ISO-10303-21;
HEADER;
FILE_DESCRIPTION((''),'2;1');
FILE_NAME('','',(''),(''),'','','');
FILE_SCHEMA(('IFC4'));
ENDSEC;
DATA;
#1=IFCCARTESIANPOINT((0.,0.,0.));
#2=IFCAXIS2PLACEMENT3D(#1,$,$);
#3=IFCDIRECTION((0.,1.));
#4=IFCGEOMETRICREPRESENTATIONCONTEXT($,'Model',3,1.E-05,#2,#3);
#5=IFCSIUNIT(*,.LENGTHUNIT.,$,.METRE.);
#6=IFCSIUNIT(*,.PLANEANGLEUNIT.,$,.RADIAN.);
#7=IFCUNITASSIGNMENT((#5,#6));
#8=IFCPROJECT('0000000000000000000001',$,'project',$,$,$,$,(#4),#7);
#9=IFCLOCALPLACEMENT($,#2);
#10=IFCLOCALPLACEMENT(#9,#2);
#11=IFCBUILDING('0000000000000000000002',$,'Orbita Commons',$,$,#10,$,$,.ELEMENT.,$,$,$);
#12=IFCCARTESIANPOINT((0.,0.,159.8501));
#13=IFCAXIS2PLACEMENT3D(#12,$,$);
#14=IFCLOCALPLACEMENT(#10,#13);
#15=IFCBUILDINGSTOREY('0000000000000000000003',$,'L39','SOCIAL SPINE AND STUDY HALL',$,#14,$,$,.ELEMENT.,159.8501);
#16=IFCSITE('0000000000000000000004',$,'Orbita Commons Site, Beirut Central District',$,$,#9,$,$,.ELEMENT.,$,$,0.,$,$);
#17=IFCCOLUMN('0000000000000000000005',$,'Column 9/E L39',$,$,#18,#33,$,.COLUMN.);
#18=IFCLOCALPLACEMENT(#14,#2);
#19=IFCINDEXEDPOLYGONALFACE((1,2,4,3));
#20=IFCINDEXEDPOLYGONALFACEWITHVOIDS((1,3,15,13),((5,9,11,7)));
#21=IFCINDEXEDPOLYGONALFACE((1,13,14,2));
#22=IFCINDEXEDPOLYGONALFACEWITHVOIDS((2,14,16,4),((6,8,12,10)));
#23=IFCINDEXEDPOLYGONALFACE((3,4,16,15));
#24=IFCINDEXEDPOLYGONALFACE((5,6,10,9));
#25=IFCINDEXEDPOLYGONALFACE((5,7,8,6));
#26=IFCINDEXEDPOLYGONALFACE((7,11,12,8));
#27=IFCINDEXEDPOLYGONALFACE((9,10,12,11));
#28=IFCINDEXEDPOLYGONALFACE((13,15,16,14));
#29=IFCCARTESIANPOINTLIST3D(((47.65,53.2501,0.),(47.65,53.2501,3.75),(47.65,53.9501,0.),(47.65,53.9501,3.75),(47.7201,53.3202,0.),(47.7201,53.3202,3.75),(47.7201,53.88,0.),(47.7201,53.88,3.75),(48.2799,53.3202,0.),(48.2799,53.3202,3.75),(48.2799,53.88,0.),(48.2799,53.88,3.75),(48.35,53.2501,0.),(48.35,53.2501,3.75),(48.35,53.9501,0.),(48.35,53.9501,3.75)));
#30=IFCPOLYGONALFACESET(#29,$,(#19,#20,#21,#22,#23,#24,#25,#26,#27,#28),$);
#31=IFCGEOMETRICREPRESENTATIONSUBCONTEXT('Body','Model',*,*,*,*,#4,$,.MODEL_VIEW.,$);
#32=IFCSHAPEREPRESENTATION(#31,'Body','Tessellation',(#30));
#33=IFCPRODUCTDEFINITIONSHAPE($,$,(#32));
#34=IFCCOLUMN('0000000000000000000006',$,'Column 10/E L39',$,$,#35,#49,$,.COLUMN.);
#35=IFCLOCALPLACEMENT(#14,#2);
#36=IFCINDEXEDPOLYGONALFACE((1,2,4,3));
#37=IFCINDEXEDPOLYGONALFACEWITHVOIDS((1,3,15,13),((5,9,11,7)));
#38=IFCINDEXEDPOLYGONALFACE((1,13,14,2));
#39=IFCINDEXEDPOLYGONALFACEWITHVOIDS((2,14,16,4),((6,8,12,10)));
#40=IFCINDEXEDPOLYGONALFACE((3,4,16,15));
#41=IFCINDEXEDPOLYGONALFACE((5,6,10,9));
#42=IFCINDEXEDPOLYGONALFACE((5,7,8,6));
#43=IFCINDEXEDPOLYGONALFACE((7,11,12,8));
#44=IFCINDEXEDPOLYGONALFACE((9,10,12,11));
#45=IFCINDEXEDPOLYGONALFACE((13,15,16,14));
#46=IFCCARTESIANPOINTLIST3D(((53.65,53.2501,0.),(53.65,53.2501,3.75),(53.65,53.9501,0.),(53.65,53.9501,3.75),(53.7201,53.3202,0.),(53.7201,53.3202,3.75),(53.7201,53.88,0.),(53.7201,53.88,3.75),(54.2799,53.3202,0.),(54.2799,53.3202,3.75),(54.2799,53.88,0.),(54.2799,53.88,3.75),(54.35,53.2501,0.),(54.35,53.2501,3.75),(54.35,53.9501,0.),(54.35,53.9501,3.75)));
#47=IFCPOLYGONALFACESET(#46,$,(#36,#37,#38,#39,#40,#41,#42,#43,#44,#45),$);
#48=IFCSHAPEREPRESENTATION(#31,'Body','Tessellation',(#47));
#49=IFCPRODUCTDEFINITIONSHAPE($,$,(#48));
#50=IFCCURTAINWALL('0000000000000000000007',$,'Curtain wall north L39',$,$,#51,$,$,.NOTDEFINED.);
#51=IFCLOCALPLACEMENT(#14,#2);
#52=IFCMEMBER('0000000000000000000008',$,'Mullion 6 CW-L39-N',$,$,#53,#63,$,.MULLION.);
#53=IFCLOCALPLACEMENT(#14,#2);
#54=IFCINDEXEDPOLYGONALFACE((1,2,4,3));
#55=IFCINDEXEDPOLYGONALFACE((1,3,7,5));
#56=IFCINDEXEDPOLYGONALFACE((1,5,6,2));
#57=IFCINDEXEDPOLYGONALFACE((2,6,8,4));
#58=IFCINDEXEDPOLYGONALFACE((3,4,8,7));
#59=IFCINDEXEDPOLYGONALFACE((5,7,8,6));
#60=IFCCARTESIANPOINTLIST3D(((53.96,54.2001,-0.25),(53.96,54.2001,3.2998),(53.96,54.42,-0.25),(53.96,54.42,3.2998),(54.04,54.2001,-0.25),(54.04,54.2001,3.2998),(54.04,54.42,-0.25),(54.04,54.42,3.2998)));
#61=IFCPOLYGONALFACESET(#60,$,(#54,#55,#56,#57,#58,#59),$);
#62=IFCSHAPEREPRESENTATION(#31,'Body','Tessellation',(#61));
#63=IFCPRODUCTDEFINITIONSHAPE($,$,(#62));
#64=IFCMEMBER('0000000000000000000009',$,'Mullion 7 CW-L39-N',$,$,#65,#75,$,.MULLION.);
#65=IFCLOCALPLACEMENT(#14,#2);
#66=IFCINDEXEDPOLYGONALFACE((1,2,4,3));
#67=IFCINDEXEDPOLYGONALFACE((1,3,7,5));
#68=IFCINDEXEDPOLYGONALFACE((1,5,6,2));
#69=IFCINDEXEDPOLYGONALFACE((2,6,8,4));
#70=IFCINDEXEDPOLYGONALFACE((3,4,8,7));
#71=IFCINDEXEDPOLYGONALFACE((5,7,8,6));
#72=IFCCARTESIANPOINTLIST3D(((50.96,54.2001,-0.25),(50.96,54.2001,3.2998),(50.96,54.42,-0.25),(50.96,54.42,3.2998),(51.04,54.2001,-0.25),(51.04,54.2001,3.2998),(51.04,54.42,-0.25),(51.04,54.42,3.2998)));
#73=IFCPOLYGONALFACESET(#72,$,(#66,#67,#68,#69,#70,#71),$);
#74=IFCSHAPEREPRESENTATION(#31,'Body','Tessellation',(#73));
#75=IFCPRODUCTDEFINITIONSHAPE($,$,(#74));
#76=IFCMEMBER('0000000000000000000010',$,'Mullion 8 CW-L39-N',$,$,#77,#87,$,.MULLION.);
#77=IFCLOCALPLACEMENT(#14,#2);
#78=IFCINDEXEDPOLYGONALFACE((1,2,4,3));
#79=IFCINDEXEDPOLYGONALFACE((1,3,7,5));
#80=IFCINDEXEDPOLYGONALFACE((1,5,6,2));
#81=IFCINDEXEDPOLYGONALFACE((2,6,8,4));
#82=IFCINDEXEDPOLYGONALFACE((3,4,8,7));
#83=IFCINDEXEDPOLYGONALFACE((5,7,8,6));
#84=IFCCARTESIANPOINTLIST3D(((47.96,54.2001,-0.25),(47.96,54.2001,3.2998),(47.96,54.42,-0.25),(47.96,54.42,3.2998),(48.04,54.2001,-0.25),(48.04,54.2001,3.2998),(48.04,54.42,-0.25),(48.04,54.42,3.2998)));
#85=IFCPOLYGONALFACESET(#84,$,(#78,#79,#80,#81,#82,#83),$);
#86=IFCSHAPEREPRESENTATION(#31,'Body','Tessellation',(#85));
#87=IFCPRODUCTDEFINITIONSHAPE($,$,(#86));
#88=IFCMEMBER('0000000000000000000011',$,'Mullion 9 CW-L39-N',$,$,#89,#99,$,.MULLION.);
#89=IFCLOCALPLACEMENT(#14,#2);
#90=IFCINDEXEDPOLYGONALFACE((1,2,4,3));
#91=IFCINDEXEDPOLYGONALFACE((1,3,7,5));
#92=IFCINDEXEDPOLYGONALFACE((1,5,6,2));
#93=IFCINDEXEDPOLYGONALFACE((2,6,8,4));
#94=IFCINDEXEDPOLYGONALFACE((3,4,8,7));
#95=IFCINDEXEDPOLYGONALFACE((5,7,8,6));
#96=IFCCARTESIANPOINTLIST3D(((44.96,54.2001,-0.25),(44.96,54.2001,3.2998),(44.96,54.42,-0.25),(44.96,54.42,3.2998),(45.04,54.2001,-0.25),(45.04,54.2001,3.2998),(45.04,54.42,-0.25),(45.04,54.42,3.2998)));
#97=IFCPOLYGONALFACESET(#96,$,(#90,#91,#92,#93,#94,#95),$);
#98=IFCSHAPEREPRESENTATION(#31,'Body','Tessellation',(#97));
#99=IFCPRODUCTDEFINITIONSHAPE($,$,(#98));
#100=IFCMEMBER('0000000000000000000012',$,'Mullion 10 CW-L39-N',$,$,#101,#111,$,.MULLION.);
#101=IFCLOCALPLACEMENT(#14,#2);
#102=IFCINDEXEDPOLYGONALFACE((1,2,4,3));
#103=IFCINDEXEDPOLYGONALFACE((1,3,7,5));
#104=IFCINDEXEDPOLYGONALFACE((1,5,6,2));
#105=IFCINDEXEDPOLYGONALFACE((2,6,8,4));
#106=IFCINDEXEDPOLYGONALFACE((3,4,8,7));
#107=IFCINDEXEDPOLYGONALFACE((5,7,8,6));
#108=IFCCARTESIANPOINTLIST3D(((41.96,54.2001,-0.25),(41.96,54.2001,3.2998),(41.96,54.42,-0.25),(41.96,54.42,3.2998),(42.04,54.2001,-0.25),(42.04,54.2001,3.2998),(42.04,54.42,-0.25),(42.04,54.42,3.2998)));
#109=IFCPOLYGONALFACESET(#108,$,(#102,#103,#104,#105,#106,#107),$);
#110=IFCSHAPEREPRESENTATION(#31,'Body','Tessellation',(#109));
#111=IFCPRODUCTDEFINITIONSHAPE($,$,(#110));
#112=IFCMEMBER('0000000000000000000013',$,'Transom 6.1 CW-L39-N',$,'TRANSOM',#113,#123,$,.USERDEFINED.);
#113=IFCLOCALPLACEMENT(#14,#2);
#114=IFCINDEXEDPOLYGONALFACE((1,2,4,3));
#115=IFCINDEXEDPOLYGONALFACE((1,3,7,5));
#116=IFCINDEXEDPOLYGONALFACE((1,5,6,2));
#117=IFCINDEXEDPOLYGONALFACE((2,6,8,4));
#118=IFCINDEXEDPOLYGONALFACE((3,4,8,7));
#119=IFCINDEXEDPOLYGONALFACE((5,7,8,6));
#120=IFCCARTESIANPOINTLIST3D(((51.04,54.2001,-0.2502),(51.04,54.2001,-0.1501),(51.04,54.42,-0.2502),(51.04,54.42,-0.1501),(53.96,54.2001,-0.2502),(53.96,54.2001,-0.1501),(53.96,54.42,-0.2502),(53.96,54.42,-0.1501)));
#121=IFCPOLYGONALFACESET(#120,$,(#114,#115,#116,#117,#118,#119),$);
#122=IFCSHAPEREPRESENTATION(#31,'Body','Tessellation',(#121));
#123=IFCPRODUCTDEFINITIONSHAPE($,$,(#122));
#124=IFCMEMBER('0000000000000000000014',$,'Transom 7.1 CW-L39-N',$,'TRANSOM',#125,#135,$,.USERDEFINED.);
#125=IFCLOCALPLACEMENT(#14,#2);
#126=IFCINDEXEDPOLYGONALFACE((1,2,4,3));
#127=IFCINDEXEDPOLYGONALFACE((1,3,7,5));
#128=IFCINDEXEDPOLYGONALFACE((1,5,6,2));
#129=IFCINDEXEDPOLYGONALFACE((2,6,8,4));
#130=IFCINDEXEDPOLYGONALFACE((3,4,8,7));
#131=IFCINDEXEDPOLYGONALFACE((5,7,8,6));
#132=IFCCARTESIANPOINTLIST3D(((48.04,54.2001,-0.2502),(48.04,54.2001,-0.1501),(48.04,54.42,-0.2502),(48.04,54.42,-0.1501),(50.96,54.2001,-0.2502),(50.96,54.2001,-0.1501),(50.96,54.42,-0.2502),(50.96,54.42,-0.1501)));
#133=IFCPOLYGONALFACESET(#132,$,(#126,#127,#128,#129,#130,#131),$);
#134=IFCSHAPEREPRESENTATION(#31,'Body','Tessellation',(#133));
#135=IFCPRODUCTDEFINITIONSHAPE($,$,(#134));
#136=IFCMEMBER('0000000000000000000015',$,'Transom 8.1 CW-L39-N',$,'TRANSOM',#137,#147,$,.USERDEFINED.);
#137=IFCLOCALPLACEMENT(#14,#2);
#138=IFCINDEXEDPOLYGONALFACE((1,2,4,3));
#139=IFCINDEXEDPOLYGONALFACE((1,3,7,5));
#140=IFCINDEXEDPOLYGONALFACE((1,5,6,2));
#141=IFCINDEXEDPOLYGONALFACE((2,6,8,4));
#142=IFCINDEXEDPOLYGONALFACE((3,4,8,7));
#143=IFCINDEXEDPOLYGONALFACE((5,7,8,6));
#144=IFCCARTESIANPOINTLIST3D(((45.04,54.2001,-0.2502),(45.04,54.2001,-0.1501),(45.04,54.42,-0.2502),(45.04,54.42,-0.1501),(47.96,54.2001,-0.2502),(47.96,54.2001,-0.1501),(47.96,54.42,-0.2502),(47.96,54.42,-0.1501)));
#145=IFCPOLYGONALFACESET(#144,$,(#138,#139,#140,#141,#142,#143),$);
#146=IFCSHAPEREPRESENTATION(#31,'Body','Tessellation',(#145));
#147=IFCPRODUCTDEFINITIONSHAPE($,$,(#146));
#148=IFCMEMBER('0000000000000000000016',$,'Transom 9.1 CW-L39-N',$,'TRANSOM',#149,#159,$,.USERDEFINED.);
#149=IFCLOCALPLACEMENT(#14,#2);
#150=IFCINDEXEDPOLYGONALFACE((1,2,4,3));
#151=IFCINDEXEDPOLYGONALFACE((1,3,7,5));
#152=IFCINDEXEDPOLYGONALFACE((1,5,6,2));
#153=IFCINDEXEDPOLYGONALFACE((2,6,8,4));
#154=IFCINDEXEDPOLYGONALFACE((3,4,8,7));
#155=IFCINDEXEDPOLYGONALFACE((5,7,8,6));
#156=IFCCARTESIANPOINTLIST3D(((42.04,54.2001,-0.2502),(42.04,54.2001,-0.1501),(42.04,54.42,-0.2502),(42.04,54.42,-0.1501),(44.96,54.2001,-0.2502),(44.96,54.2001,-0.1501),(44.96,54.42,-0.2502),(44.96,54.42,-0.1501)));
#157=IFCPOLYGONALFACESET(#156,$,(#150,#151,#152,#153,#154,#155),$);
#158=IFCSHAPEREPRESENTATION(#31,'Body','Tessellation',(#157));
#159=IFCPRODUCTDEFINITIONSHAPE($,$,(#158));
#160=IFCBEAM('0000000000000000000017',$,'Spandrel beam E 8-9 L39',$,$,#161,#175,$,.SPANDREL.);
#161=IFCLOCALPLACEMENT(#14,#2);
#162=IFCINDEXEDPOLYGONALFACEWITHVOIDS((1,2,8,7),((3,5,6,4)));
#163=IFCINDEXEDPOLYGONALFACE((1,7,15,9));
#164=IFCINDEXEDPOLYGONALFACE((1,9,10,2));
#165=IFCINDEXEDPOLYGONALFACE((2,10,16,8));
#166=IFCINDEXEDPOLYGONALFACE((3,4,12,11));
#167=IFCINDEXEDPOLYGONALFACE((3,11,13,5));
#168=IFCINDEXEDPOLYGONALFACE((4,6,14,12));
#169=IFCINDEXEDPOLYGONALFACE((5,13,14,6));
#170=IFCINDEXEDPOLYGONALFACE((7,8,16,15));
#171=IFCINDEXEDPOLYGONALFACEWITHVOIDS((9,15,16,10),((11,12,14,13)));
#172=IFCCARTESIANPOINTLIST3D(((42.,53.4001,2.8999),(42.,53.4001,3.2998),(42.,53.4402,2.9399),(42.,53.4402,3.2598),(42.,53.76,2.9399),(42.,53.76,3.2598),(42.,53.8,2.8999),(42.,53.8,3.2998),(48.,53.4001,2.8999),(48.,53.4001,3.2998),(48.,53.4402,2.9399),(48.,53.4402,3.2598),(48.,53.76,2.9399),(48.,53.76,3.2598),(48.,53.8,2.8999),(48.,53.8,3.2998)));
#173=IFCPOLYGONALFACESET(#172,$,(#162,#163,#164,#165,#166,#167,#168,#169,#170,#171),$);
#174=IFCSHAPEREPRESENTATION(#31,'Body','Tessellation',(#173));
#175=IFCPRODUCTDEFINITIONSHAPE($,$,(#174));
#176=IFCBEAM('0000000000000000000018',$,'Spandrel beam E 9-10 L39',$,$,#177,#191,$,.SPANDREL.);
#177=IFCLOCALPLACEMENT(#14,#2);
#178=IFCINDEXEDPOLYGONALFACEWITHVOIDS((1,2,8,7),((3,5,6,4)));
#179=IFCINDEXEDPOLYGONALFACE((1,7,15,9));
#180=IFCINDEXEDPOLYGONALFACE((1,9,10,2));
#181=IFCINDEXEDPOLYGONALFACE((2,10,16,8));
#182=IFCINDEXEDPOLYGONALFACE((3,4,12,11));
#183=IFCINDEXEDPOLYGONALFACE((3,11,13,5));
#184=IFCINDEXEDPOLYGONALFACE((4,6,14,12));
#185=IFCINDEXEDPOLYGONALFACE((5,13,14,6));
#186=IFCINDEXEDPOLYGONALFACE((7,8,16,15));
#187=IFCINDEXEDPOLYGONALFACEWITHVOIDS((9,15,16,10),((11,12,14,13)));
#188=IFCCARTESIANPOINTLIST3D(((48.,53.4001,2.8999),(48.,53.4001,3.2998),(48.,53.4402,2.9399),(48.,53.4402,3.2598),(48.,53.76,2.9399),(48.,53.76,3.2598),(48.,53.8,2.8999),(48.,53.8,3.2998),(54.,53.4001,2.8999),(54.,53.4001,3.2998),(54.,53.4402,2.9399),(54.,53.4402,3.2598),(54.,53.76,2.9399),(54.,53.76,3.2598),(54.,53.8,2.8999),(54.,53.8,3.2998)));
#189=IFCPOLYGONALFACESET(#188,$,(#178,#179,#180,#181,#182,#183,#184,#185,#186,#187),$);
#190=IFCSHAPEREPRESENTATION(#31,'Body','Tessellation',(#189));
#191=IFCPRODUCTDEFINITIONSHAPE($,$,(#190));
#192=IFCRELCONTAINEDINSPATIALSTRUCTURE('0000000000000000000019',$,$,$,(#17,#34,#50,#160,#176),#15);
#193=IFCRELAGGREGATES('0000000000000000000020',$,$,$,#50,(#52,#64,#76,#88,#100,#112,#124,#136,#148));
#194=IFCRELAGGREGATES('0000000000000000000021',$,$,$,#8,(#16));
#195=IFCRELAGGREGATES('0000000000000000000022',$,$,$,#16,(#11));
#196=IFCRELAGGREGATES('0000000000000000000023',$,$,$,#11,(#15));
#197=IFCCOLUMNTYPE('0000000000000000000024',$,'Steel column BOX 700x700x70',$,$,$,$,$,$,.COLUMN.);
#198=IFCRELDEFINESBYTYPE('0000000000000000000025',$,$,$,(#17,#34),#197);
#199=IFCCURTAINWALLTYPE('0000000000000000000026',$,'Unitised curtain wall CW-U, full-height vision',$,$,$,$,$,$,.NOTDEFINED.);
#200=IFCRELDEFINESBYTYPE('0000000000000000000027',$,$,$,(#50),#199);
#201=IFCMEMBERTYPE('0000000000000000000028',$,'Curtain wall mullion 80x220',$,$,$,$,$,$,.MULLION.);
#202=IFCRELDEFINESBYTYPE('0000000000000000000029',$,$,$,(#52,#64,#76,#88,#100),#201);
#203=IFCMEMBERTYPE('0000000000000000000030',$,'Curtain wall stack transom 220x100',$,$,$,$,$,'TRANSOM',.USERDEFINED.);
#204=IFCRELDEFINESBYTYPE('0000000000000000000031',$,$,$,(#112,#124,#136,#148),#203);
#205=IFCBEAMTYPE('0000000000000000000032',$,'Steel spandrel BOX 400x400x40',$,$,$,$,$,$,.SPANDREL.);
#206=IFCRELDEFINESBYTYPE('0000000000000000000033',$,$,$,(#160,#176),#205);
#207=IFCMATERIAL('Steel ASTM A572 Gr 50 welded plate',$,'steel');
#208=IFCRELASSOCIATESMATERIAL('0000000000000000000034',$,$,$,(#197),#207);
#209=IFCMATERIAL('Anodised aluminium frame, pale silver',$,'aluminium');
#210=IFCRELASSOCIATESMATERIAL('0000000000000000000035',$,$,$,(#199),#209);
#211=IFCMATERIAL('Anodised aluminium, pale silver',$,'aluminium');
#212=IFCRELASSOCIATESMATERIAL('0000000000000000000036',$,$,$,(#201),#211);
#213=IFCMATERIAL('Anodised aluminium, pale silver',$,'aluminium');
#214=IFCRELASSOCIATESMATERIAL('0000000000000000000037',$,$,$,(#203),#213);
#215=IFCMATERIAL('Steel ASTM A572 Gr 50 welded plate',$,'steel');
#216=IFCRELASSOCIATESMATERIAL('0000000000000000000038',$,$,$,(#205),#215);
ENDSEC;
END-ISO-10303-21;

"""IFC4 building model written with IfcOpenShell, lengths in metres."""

from ifc_helpers import new_model, si_unit, direction, frame, origin, origin_2d, place, context, subcontext, project, spatial, rectangle, hollow_rectangle, extrude, material, material_profile, profile_set, type_object, element, aggregate, save


model = new_model("IFC4")

# Units and contexts
model_context = context("Model", 3, precision=1e-05, world=origin(), true_north=direction((0.0, 1.0)))
body_context = subcontext(model_context, "Body", "Model", "MODEL_VIEW")
ifc_project = project(units=[si_unit("LENGTHUNIT", "METRE"), si_unit("PLANEANGLEUNIT", "RADIAN")], contexts=[model_context])

# Site, building, storey
site_placement = place(None, origin())
site = spatial("IfcSite", under=ifc_project, at=site_placement, Name="Orbita Commons Site, Beirut Central District", CompositionType="ELEMENT", RefElevation=0.0)
building_placement = place(site_placement, origin())
building = spatial("IfcBuilding", under=site, at=building_placement, Name="Orbita Commons", CompositionType="ELEMENT")
storey_placement = place(building_placement, frame((0.0, 0.0, 159.8501)))
storey = spatial("IfcBuildingStorey", under=building, at=storey_placement, Name="L39", Description="SOCIAL SPINE AND STUDY HALL", CompositionType="ELEMENT", Elevation=159.8501)

# Columns
ifc_material_1 = material(Name="Steel ASTM A572 Gr 50 welded plate", Category="steel")
ifc_material_profile_1 = material_profile(ifc_material_1, hollow_rectangle(XDim=0.7, YDim=0.7, WallThickness=0.0701, at=origin_2d()), Name="BOX 700x700x70")
ifc_profile_set_1 = profile_set([ifc_material_profile_1], Name="Steel ASTM A572 Gr 50 welded plate")
column_type = type_object("IfcColumnType", Name="Steel column BOX 700x700x70", PredefinedType="COLUMN", material=ifc_profile_set_1)
for number, where, z_axis, x_axis, name in (
    (1, (48.0, 53.6001, 0.0), (0.0, 0.0, 1.0), (1.0, 0.0, 0.0), "Column 9/E L39"),
    (2, (54.0, 53.6001, 0.0), (0.0, 0.0, 1.0), (1.0, 0.0, 0.0), "Column 10/E L39"),
):
    element("IfcColumn", number, at=place(storey_placement, frame(where, z_axis=z_axis, x_axis=x_axis)), inside=storey, type_object=column_type, Name=name, PredefinedType="COLUMN", context=body_context, shape_type="SweptSolid", body=[
        extrude(hollow_rectangle(XDim=0.7, YDim=0.7, WallThickness=0.0701, at=origin_2d()), origin(), (0.0, 0.0, 1.0), 3.75),
    ])

# Curtain wall, members
ifc_material_2 = material(Name="Anodised aluminium frame, pale silver", Category="aluminium")
curtain_wall_type = type_object("IfcCurtainWallType", Name="Unitised curtain wall CW-U, full-height vision", PredefinedType="NOTDEFINED", material=ifc_material_2)
curtain_wall_placement = place(storey_placement, origin())
curtain_wall = element("IfcCurtainWall", 3, at=curtain_wall_placement, inside=storey, type_object=curtain_wall_type, Name="Curtain wall north L39", PredefinedType="NOTDEFINED")
ifc_material_3 = material(Name="Anodised aluminium, pale silver", Category="aluminium")
ifc_material_profile_2 = material_profile(ifc_material_3, rectangle(XDim=0.0801, YDim=0.22, at=origin_2d()), Name="AL 80x220")
ifc_profile_set_2 = profile_set([ifc_material_profile_2], Name="Anodised aluminium, pale silver")
member_type_1 = type_object("IfcMemberType", Name="Curtain wall mullion 80x220", PredefinedType="MULLION", material=ifc_profile_set_2)
member_1_placement = place(storey_placement, frame((54.0, 54.3101, -0.25), z_axis=(0.0, 0.0, 1.0), x_axis=(-1.0, 0.0, 0.0)))
member_1 = element("IfcMember", 4, at=member_1_placement, type_object=member_type_1, Name="Mullion 6 CW-L39-N", PredefinedType="MULLION", context=body_context, shape_type="SweptSolid", body=[
    extrude(rectangle(XDim=0.0801, YDim=0.22, at=origin_2d()), origin(), (0.0, 0.0, 1.0), 3.5498),
])
member_2_placement = place(storey_placement, frame((51.0, 54.3101, -0.25), z_axis=(0.0, 0.0, 1.0), x_axis=(-1.0, 0.0, 0.0)))
member_2 = element("IfcMember", 5, at=member_2_placement, type_object=member_type_1, Name="Mullion 7 CW-L39-N", PredefinedType="MULLION", context=body_context, shape_type="SweptSolid", body=[
    extrude(rectangle(XDim=0.0801, YDim=0.22, at=origin_2d()), origin(), (0.0, 0.0, 1.0), 3.5498),
])
member_3_placement = place(storey_placement, frame((48.0, 54.3101, -0.25), z_axis=(0.0, 0.0, 1.0), x_axis=(-1.0, 0.0, 0.0)))
member_3 = element("IfcMember", 6, at=member_3_placement, type_object=member_type_1, Name="Mullion 8 CW-L39-N", PredefinedType="MULLION", context=body_context, shape_type="SweptSolid", body=[
    extrude(rectangle(XDim=0.0801, YDim=0.22, at=origin_2d()), origin(), (0.0, 0.0, 1.0), 3.5498),
])
member_4_placement = place(storey_placement, frame((45.0, 54.3101, -0.25), z_axis=(0.0, 0.0, 1.0), x_axis=(-1.0, 0.0, 0.0)))
member_4 = element("IfcMember", 7, at=member_4_placement, type_object=member_type_1, Name="Mullion 9 CW-L39-N", PredefinedType="MULLION", context=body_context, shape_type="SweptSolid", body=[
    extrude(rectangle(XDim=0.0801, YDim=0.22, at=origin_2d()), origin(), (0.0, 0.0, 1.0), 3.5498),
])
member_5_placement = place(storey_placement, frame((42.0, 54.3101, -0.25), z_axis=(0.0, 0.0, 1.0), x_axis=(-1.0, 0.0, 0.0)))
member_5 = element("IfcMember", 8, at=member_5_placement, type_object=member_type_1, Name="Mullion 10 CW-L39-N", PredefinedType="MULLION", context=body_context, shape_type="SweptSolid", body=[
    extrude(rectangle(XDim=0.0801, YDim=0.22, at=origin_2d()), origin(), (0.0, 0.0, 1.0), 3.5498),
])
ifc_material_4 = material(Name="Anodised aluminium, pale silver", Category="aluminium")
ifc_material_profile_3 = material_profile(ifc_material_4, rectangle(XDim=0.22, YDim=0.1001, at=origin_2d()), Name="AL 220x100")
ifc_profile_set_3 = profile_set([ifc_material_profile_3], Name="Anodised aluminium, pale silver")
member_type_2 = type_object("IfcMemberType", Name="Curtain wall stack transom 220x100", ElementType="TRANSOM", PredefinedType="USERDEFINED", material=ifc_profile_set_3)
member_6_placement = place(storey_placement, frame((53.96, 54.3101, -0.2002), z_axis=(-1.0, 0.0, 0.0), x_axis=(0.0, -1.0, 0.0)))
member_6 = element("IfcMember", 9, at=member_6_placement, type_object=member_type_2, Name="Transom 6.1 CW-L39-N", ObjectType="TRANSOM", PredefinedType="USERDEFINED", context=body_context, shape_type="SweptSolid", body=[
    extrude(rectangle(XDim=0.22, YDim=0.1001, at=origin_2d()), origin(), (0.0, 0.0, 1.0), 2.9199),
])
member_7_placement = place(storey_placement, frame((50.96, 54.3101, -0.2002), z_axis=(-1.0, 0.0, 0.0), x_axis=(0.0, -1.0, 0.0)))
member_7 = element("IfcMember", 10, at=member_7_placement, type_object=member_type_2, Name="Transom 7.1 CW-L39-N", ObjectType="TRANSOM", PredefinedType="USERDEFINED", context=body_context, shape_type="SweptSolid", body=[
    extrude(rectangle(XDim=0.22, YDim=0.1001, at=origin_2d()), origin(), (0.0, 0.0, 1.0), 2.9199),
])
member_8_placement = place(storey_placement, frame((47.96, 54.3101, -0.2002), z_axis=(-1.0, 0.0, 0.0), x_axis=(0.0, -1.0, 0.0)))
member_8 = element("IfcMember", 11, at=member_8_placement, type_object=member_type_2, Name="Transom 8.1 CW-L39-N", ObjectType="TRANSOM", PredefinedType="USERDEFINED", context=body_context, shape_type="SweptSolid", body=[
    extrude(rectangle(XDim=0.22, YDim=0.1001, at=origin_2d()), origin(), (0.0, 0.0, 1.0), 2.9199),
])
member_9_placement = place(storey_placement, frame((44.96, 54.3101, -0.2002), z_axis=(-1.0, 0.0, 0.0), x_axis=(0.0, -1.0, 0.0)))
member_9 = element("IfcMember", 12, at=member_9_placement, type_object=member_type_2, Name="Transom 9.1 CW-L39-N", ObjectType="TRANSOM", PredefinedType="USERDEFINED", context=body_context, shape_type="SweptSolid", body=[
    extrude(rectangle(XDim=0.22, YDim=0.1001, at=origin_2d()), origin(), (0.0, 0.0, 1.0), 2.9199),
])

# Beams
ifc_material_5 = material(Name="Steel ASTM A572 Gr 50 welded plate", Category="steel")
ifc_material_profile_4 = material_profile(ifc_material_5, hollow_rectangle(XDim=0.3999, YDim=0.3999, WallThickness=0.04, at=origin_2d()), Name="BOX 400x400x40")
ifc_profile_set_4 = profile_set([ifc_material_profile_4], Name="Steel ASTM A572 Gr 50 welded plate")
beam_type = type_object("IfcBeamType", Name="Steel spandrel BOX 400x400x40", PredefinedType="SPANDREL", material=ifc_profile_set_4)
for number, where, z_axis, x_axis, name in (
    (13, (42.0, 53.6001, 3.0999), (1.0, 0.0, 0.0), (0.0, 1.0, 0.0), "Spandrel beam E 8-9 L39"),
    (14, (48.0, 53.6001, 3.0999), (1.0, 0.0, 0.0), (0.0, 1.0, 0.0), "Spandrel beam E 9-10 L39"),
):
    element("IfcBeam", number, at=place(storey_placement, frame(where, z_axis=z_axis, x_axis=x_axis)), inside=storey, type_object=beam_type, Name=name, PredefinedType="SPANDREL", context=body_context, shape_type="SweptSolid", body=[
        extrude(hollow_rectangle(XDim=0.3999, YDim=0.3999, WallThickness=0.04, at=origin_2d()), origin(), (0.0, 0.0, 1.0), 6.0),
    ])

aggregate(curtain_wall, [member_1, member_2, member_3, member_4, member_5, member_6, member_7, member_8, member_9])

save(model, "model.ifc")
